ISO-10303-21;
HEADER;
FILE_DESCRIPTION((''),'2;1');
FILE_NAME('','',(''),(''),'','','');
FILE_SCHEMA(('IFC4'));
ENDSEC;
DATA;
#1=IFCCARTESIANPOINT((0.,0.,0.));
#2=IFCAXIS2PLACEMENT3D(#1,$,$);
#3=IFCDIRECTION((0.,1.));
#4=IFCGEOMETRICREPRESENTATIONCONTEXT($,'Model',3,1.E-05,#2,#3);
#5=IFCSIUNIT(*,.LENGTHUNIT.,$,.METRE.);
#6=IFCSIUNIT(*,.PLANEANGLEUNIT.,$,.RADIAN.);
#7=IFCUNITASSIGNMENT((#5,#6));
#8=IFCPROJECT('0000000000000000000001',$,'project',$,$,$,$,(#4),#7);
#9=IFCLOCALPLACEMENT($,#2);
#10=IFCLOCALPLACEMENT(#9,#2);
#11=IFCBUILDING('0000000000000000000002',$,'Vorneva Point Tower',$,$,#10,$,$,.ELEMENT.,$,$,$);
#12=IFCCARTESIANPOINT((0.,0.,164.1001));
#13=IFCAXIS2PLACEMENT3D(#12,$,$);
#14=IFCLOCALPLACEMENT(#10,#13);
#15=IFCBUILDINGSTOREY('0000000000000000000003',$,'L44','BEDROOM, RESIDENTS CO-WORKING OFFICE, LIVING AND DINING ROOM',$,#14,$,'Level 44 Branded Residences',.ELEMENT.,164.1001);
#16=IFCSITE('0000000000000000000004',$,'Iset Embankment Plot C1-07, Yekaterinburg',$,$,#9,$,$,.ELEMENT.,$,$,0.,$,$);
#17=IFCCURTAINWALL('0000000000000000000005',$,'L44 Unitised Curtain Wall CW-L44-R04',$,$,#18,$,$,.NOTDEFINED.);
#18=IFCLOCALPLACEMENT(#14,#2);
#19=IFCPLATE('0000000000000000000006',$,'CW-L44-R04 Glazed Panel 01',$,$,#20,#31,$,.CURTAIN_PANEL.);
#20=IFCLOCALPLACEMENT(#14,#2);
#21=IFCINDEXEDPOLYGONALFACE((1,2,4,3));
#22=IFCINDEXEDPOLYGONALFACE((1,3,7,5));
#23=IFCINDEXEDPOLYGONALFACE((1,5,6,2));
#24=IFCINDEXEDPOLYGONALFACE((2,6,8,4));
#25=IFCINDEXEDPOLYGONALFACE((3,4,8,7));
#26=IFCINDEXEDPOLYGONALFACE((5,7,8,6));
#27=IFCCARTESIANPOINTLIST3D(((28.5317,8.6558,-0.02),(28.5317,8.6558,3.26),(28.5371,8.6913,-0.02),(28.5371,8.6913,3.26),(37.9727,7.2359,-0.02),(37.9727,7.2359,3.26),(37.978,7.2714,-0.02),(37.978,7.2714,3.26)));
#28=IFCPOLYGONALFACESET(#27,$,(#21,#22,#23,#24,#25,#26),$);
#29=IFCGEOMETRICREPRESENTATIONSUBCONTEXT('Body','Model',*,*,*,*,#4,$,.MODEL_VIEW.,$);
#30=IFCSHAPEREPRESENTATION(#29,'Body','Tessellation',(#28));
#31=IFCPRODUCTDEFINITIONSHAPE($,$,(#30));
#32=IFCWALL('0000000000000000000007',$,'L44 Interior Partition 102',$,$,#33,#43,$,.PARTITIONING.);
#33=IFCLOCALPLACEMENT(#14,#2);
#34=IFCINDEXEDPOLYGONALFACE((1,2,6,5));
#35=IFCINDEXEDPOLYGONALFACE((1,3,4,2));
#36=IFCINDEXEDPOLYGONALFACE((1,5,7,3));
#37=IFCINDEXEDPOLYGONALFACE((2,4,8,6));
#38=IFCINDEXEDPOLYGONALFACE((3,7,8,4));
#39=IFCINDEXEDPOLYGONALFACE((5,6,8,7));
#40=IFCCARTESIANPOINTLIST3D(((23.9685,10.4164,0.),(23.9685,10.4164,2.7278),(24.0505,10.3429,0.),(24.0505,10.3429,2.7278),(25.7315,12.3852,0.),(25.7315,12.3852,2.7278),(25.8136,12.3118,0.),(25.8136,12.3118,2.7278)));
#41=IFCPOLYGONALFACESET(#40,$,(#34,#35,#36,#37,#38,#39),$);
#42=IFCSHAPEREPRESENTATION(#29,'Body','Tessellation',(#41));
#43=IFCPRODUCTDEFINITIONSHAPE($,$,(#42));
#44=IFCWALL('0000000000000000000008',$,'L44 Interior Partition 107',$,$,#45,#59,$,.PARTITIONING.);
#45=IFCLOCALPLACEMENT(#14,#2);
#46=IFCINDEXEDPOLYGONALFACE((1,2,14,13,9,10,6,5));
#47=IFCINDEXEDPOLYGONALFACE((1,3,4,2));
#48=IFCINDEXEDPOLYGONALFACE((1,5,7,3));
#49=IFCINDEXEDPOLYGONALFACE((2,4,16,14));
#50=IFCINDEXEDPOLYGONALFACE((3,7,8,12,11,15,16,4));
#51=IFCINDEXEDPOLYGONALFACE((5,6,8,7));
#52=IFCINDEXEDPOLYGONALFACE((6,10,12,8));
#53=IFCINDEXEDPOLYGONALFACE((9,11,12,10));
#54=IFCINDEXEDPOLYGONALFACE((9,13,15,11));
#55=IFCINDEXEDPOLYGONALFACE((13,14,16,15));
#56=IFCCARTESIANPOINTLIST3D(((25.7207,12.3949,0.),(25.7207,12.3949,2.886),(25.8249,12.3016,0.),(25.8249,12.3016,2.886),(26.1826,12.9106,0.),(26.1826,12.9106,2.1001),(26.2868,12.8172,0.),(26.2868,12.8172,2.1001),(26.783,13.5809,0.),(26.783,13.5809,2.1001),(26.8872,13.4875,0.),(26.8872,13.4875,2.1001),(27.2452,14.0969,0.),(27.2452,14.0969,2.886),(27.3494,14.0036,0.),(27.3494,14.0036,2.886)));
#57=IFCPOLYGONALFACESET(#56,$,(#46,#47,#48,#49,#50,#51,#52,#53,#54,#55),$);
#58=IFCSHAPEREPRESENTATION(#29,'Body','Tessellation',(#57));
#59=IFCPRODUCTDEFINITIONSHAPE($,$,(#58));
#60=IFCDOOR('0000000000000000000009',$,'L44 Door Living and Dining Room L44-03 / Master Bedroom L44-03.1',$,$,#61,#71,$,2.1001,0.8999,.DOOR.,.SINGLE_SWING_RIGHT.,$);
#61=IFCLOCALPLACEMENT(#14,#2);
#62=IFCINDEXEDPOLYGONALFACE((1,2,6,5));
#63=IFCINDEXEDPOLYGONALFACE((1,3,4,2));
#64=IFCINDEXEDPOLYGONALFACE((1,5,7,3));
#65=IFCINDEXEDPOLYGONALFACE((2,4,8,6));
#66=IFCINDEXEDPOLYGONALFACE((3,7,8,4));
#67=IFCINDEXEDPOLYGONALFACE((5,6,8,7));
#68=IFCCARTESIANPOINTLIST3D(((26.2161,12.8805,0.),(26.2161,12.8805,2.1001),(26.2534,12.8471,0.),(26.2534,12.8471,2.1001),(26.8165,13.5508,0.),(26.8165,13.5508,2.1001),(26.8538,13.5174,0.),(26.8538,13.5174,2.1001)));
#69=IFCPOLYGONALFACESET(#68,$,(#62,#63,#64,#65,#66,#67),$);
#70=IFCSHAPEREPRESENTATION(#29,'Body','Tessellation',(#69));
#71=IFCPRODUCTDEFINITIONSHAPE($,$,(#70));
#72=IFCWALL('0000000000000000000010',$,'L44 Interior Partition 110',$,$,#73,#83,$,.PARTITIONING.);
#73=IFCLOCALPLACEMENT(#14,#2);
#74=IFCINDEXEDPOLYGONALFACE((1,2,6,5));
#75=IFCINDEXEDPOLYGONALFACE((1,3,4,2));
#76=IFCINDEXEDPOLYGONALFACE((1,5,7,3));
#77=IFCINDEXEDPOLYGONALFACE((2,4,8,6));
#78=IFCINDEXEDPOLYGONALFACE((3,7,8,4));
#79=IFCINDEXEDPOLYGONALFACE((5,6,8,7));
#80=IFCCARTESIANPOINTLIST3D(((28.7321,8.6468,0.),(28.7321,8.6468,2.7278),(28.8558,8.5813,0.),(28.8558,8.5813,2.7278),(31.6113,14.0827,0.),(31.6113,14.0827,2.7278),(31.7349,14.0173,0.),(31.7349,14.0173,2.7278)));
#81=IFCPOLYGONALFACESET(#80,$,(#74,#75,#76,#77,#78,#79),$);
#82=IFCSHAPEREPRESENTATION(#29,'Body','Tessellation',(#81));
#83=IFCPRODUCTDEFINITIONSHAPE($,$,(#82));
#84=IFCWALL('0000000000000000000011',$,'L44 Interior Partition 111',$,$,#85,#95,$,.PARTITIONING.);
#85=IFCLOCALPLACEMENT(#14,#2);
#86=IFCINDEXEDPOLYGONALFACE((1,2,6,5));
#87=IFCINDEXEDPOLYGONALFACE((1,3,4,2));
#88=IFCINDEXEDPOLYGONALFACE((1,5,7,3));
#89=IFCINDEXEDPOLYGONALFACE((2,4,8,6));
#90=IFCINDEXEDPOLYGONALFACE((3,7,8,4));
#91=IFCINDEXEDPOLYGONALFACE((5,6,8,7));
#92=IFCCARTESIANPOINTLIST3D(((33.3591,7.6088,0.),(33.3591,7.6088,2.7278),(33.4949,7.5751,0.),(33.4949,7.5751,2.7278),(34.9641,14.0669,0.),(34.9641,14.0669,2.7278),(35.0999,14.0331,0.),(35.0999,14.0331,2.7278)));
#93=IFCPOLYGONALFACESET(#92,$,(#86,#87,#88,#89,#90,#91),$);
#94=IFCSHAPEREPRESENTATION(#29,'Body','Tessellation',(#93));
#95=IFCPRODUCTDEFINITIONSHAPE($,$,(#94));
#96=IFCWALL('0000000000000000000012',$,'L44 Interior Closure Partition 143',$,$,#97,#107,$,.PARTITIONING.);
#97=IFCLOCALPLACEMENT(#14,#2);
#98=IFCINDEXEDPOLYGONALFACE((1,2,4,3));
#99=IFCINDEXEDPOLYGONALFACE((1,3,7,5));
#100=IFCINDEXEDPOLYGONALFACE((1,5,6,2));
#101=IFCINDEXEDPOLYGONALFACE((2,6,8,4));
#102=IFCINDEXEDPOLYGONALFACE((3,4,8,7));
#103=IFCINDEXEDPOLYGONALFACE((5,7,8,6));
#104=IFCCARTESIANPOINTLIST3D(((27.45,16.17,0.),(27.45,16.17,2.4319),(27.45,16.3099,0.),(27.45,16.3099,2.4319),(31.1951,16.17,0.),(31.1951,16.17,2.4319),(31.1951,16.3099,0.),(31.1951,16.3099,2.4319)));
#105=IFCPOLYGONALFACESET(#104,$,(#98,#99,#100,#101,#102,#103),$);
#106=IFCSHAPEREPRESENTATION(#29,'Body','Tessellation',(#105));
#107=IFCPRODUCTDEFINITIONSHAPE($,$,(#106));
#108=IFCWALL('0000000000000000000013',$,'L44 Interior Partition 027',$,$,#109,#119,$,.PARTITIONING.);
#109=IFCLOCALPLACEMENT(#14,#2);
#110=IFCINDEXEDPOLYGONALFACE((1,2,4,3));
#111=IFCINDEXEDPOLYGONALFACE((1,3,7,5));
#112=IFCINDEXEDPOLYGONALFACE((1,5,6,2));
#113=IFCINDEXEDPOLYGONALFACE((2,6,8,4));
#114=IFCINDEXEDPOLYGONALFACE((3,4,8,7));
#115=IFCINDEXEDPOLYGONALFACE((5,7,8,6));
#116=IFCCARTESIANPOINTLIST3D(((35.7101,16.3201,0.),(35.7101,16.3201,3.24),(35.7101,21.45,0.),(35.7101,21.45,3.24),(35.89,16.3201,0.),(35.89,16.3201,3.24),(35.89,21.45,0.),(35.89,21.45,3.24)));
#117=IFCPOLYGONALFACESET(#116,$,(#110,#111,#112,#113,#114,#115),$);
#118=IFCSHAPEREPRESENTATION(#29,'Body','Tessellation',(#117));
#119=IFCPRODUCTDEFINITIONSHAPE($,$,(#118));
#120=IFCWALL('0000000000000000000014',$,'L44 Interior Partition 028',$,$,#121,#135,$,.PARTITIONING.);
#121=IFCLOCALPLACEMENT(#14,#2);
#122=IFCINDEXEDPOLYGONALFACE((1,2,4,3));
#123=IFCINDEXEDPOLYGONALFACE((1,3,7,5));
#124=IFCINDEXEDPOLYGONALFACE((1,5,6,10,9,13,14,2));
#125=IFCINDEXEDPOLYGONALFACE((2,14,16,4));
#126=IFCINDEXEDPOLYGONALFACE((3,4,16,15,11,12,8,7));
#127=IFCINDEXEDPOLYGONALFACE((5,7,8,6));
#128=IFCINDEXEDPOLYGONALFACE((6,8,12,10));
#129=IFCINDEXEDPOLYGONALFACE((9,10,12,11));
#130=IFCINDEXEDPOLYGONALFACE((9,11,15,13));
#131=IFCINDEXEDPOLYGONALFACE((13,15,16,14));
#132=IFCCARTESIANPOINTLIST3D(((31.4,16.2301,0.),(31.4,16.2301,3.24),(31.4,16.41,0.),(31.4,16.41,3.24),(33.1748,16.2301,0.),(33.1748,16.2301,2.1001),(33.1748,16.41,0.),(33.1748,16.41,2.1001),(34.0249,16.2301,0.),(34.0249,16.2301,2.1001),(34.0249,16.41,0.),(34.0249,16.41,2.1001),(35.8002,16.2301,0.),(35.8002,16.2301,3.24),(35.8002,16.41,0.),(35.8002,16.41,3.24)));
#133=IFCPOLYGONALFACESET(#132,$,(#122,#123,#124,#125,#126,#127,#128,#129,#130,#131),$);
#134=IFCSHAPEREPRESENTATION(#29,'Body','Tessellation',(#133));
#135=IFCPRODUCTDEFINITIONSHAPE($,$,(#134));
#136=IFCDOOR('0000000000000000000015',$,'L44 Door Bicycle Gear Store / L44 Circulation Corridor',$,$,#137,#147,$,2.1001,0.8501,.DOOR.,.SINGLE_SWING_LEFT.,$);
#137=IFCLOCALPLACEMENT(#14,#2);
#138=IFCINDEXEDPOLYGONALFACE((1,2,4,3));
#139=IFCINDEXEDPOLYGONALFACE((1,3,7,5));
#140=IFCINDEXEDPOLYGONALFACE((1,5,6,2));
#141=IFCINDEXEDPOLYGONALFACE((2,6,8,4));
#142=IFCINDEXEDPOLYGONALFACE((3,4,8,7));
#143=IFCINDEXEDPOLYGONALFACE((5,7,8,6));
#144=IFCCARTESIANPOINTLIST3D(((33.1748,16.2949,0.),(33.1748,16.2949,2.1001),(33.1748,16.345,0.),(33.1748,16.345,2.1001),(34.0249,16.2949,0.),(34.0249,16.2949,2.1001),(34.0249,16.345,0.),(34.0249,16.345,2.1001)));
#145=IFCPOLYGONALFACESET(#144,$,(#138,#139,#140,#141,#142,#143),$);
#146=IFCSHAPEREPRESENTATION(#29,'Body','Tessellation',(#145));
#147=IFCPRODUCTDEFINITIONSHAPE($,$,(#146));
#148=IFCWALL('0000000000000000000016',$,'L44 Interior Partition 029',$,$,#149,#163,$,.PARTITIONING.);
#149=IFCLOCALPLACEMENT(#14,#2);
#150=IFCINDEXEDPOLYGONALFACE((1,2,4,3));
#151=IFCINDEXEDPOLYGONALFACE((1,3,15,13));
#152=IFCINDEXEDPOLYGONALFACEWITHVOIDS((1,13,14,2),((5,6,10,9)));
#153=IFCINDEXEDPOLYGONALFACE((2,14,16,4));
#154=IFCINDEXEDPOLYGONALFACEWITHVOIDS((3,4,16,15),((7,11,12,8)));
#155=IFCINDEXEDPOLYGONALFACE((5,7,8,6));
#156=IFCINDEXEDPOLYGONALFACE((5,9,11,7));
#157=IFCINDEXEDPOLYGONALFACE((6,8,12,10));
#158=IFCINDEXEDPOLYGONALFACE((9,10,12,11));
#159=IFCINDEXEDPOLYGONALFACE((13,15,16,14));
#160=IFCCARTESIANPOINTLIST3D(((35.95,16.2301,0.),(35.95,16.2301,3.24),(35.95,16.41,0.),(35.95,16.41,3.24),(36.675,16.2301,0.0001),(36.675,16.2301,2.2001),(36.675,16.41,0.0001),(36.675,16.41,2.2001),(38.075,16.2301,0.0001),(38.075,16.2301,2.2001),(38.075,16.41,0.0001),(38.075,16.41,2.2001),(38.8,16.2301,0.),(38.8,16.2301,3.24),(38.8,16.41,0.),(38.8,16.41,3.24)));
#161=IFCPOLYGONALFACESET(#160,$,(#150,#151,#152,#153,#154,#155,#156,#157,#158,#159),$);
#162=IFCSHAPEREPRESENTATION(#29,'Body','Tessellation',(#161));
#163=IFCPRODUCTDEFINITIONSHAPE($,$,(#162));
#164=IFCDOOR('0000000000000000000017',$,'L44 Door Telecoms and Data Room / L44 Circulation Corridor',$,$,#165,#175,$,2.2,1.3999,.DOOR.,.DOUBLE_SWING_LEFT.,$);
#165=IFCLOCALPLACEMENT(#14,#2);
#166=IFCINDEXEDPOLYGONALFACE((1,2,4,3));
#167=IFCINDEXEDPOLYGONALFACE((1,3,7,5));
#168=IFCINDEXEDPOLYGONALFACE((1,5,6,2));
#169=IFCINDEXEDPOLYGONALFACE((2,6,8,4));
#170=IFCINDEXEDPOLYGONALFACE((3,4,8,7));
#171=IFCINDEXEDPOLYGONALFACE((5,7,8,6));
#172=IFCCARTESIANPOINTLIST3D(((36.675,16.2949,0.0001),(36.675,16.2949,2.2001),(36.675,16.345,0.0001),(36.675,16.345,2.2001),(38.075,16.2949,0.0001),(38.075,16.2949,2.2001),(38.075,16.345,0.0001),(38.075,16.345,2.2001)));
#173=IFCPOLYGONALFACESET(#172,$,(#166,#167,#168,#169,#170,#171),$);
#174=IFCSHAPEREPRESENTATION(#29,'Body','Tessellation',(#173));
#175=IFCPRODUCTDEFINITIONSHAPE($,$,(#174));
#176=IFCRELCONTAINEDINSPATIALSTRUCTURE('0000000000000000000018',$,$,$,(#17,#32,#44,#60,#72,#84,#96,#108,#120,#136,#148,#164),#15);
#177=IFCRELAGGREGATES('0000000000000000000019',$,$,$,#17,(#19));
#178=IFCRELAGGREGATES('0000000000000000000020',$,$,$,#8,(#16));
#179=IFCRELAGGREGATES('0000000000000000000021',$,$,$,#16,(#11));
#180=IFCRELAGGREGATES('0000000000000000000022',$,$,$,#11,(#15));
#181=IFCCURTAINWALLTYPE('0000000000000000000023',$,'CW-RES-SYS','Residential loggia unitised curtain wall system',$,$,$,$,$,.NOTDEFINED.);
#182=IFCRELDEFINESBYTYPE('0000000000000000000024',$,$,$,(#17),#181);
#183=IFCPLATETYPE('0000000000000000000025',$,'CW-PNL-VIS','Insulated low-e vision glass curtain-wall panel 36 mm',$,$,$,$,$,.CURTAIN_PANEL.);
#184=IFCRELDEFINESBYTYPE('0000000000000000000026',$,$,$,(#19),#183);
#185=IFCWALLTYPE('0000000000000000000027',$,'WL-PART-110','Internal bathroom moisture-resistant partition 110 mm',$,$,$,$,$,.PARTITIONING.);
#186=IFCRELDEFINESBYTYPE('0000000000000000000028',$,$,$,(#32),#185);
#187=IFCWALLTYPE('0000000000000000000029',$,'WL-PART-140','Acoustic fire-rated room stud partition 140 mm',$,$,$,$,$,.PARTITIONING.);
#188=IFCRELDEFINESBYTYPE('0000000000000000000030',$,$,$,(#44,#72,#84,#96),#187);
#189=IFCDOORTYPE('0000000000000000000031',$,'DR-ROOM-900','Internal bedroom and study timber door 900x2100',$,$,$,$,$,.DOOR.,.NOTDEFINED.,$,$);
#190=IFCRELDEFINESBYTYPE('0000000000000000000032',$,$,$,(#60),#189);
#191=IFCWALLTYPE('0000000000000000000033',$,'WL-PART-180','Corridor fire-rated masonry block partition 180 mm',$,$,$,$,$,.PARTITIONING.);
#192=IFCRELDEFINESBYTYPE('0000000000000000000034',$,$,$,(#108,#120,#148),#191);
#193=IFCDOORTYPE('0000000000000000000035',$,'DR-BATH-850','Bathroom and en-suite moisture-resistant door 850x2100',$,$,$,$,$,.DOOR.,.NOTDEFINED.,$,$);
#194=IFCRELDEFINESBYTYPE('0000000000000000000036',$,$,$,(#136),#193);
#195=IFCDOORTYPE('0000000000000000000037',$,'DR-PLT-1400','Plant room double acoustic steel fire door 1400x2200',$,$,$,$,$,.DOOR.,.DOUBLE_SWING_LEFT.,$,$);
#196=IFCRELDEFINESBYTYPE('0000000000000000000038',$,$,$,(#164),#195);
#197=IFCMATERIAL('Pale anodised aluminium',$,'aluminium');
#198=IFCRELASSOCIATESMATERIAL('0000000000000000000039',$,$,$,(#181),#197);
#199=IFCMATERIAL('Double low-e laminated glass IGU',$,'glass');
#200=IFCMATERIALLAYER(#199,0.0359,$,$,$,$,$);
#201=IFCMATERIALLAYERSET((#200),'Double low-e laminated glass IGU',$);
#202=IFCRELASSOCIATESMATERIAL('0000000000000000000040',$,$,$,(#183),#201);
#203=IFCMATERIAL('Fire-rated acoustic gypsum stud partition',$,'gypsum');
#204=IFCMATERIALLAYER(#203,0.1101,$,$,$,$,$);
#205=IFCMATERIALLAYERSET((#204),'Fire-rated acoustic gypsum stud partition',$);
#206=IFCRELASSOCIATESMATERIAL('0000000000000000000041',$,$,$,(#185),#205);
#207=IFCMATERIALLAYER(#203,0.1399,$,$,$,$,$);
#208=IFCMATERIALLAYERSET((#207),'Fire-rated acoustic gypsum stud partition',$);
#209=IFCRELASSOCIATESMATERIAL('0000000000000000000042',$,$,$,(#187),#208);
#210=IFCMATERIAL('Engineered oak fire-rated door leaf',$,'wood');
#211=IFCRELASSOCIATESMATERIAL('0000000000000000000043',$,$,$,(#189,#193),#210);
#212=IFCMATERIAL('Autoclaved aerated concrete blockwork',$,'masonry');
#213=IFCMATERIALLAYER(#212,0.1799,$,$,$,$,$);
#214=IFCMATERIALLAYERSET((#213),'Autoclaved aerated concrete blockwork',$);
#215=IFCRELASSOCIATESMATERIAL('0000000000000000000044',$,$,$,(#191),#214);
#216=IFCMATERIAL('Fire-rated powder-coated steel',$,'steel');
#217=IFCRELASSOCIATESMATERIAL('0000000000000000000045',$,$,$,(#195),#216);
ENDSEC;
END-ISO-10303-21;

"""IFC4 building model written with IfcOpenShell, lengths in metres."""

from ifc_helpers import new_model, si_unit, direction, frame, frame_2d, origin, origin_2d, place, context, subcontext, project, spatial, rectangle, extrude, material, layer, layer_set, type_object, element, fill, aggregate, save


model = new_model("IFC4")

# Units and contexts
model_context = context("Model", 3, precision=1e-05, world=origin(), true_north=direction((0.0, 1.0)))
body_context = subcontext(model_context, "Body", "Model", "MODEL_VIEW")
ifc_project = project(units=[si_unit("LENGTHUNIT", "METRE"), si_unit("PLANEANGLEUNIT", "RADIAN")], contexts=[model_context])

# Site, building, storey
site_placement = place(None, origin())
site = spatial("IfcSite", under=ifc_project, at=site_placement, Name="Iset Embankment Plot C1-07, Yekaterinburg", CompositionType="ELEMENT", RefElevation=0.0)
building_placement = place(site_placement, origin())
building = spatial("IfcBuilding", under=site, at=building_placement, Name="Vorneva Point Tower", CompositionType="ELEMENT")
storey_placement = place(building_placement, frame((0.0, 0.0, 164.1001)))
storey = spatial("IfcBuildingStorey", under=building, at=storey_placement, Name="L44", Description="BEDROOM, RESIDENTS CO-WORKING OFFICE, LIVING AND DINING ROOM", LongName="Level 44 Branded Residences", CompositionType="ELEMENT", Elevation=164.1001)

# Curtain wall, plate
ifc_material_1 = material(Name="Pale anodised aluminium", Category="aluminium")
curtain_wall_type = type_object("IfcCurtainWallType", Name="CW-RES-SYS", Description="Residential loggia unitised curtain wall system", PredefinedType="NOTDEFINED", material=ifc_material_1)
curtain_wall_placement = place(storey_placement, origin())
curtain_wall = element("IfcCurtainWall", 1, at=curtain_wall_placement, inside=storey, type_object=curtain_wall_type, Name="L44 Unitised Curtain Wall CW-L44-R04", PredefinedType="NOTDEFINED")
ifc_material_2 = material(Name="Double low-e laminated glass IGU", Category="glass")
ifc_layer_1 = layer(ifc_material_2, 0.0359)
ifc_layer_set_1 = layer_set([ifc_layer_1], Name="Double low-e laminated glass IGU")
plate_type = type_object("IfcPlateType", Name="CW-PNL-VIS", Description="Insulated low-e vision glass curtain-wall panel 36 mm", PredefinedType="CURTAIN_PANEL", material=ifc_layer_set_1)
plate_placement = place(storey_placement, frame((33.2549, 7.9636, -0.02), z_axis=(0.0, 0.0, 1.0), x_axis=(0.988879, -0.148724, 0.0)))
plate = element("IfcPlate", 2, at=plate_placement, type_object=plate_type, Name="CW-L44-R04 Glazed Panel 01", PredefinedType="CURTAIN_PANEL", context=body_context, shape_type="SweptSolid", body=[
    extrude(rectangle(XDim=9.5471, YDim=0.0359, at=origin_2d()), origin(), (0.0, 0.0, 1.0), 3.28),
])
aggregate(curtain_wall, [plate])

# Wall
ifc_material_3 = material(Name="Fire-rated acoustic gypsum stud partition", Category="gypsum")
ifc_layer_2 = layer(ifc_material_3, 0.1101)
ifc_layer_set_2 = layer_set([ifc_layer_2], Name="Fire-rated acoustic gypsum stud partition")
wall_type_1 = type_object("IfcWallType", Name="WL-PART-110", Description="Internal bathroom moisture-resistant partition 110 mm", PredefinedType="PARTITIONING", material=ifc_layer_set_2)
wall_1_placement = place(storey_placement, frame((25.7725, 12.3484, 0.0), z_axis=(0.0, 0.0, 1.0), x_axis=(-0.667095, -0.744973, 0.0)))
element("IfcWall", 3, at=wall_1_placement, inside=storey, type_object=wall_type_1, Name="L44 Interior Partition 102", PredefinedType="PARTITIONING", context=body_context, shape_type="SweptSolid", body=[
    extrude(rectangle(XDim=2.6428, YDim=0.1101, at=frame_2d((1.3213, 0.0))), origin(), (0.0, 0.0, 1.0), 2.7278),
])

# Wall, opening, door
ifc_layer_3 = layer(ifc_material_3, 0.1399)
ifc_layer_set_3 = layer_set([ifc_layer_3], Name="Fire-rated acoustic gypsum stud partition")
wall_type_2 = type_object("IfcWallType", Name="WL-PART-140", Description="Acoustic fire-rated room stud partition 140 mm", PredefinedType="PARTITIONING", material=ifc_layer_set_3)
wall_2_placement = place(storey_placement, frame((25.7727, 12.3481, 0.0), z_axis=(0.0, 0.0, 1.0), x_axis=(0.667198, 0.744881, 0.0)))
wall_2 = element("IfcWall", 4, at=wall_2_placement, inside=storey, type_object=wall_type_2, Name="L44 Interior Partition 107", PredefinedType="PARTITIONING", context=body_context, shape_type="SweptSolid", body=[
    extrude(rectangle(XDim=2.2849, YDim=0.1399, at=frame_2d((1.1426, 0.0))), origin(), (0.0, 0.0, 1.0), 2.886),
])
opening_1_placement = place(wall_2_placement, frame((0.6924, 0.0, 0.0)))
opening_1 = element("IfcOpeningElement", 5, at=opening_1_placement, cuts=wall_2, PredefinedType="OPENING", context=body_context, shape_type="SweptSolid", body=[
    extrude(rectangle(XDim=0.8999, YDim=2.1001, at=frame_2d((0.45, 1.05))), frame((0.0, 0.085, 0.0), z_axis=(0.0, -1.0, 0.0), x_axis=(1.0, 0.0, 0.0)), (0.0, 0.0, 1.0), 0.1697),
])
ifc_material_4 = material(Name="Engineered oak fire-rated door leaf", Category="wood")
door_type_1 = type_object("IfcDoorType", Name="DR-ROOM-900", Description="Internal bedroom and study timber door 900x2100", OperationType="NOTDEFINED", PredefinedType="DOOR", material=ifc_material_4)
door_1_placement = place(opening_1_placement, origin())
door_1 = element("IfcDoor", 6, at=door_1_placement, inside=storey, type_object=door_type_1, Name="L44 Door Living and Dining Room L44-03 / Master Bedroom L44-03.1", OperationType="SINGLE_SWING_RIGHT", OverallHeight=2.1001, OverallWidth=0.8999, PredefinedType="DOOR", context=body_context, shape_type="SweptSolid", body=[
    extrude(rectangle(XDim=0.8999, YDim=2.1001, at=frame_2d((0.45, 1.05))), frame((0.0, 0.0249, 0.0), z_axis=(0.0, -1.0, 0.0), x_axis=(1.0, 0.0, 0.0)), (0.0, 0.0, 1.0), 0.05),
])
fill(opening_1, door_1)

# Walls
wall_3_placement = place(storey_placement, frame((28.7939, 8.614, 0.0), z_axis=(0.0, 0.0, 1.0), x_axis=(0.468046, 0.883704, 0.0)))
element("IfcWall", 7, at=wall_3_placement, inside=storey, type_object=wall_type_2, Name="L44 Interior Partition 110", PredefinedType="PARTITIONING", context=body_context, shape_type="SweptSolid", body=[
    extrude(rectangle(XDim=6.1514, YDim=0.1399, at=frame_2d((3.0757, 0.0))), origin(), (0.0, 0.0, 1.0), 2.7278),
])
wall_4_placement = place(storey_placement, frame((33.427, 7.592, 0.0), z_axis=(0.0, 0.0, 1.0), x_axis=(0.241189, 0.970478, 0.0)))
element("IfcWall", 8, at=wall_4_placement, inside=storey, type_object=wall_type_2, Name="L44 Interior Partition 111", PredefinedType="PARTITIONING", context=body_context, shape_type="SweptSolid", body=[
    extrude(rectangle(XDim=6.6545, YDim=0.1399, at=frame_2d((3.3271, 0.0))), origin(), (0.0, 0.0, 1.0), 2.7278),
])
wall_5_placement = place(storey_placement, frame((27.45, 16.24, 0.0), z_axis=(0.0, 0.0, 1.0), x_axis=(1.0, 0.0, 0.0)))
element("IfcWall", 9, at=wall_5_placement, inside=storey, type_object=wall_type_2, Name="L44 Interior Closure Partition 143", PredefinedType="PARTITIONING", context=body_context, shape_type="SweptSolid", body=[
    extrude(rectangle(XDim=3.7451, YDim=0.1399, at=frame_2d((1.8726, 0.0))), origin(), (0.0, 0.0, 1.0), 2.4319),
])
ifc_material_5 = material(Name="Autoclaved aerated concrete blockwork", Category="masonry")
ifc_layer_4 = layer(ifc_material_5, 0.1799)
ifc_layer_set_4 = layer_set([ifc_layer_4], Name="Autoclaved aerated concrete blockwork")
wall_type_3 = type_object("IfcWallType", Name="WL-PART-180", Description="Corridor fire-rated masonry block partition 180 mm", PredefinedType="PARTITIONING", material=ifc_layer_set_4)
wall_6_placement = place(storey_placement, frame((35.8, 16.3201, 0.0), z_axis=(0.0, 0.0, 1.0), x_axis=(0.0, 1.0, 0.0)))
element("IfcWall", 10, at=wall_6_placement, inside=storey, type_object=wall_type_3, Name="L44 Interior Partition 027", PredefinedType="PARTITIONING", context=body_context, shape_type="SweptSolid", body=[
    extrude(rectangle(XDim=5.1299, YDim=0.1799, at=frame_2d((2.5649, 0.0))), origin(), (0.0, 0.0, 1.0), 3.24),
])

# Walls, openings, doors
wall_7_placement = place(storey_placement, frame((31.3999, 16.3201, 0.0), z_axis=(0.0, 0.0, 1.0), x_axis=(1.0, 0.0, 0.0)))
wall_7 = element("IfcWall", 11, at=wall_7_placement, inside=storey, type_object=wall_type_3, Name="L44 Interior Partition 028", PredefinedType="PARTITIONING", context=body_context, shape_type="SweptSolid", body=[
    extrude(rectangle(XDim=4.4001, YDim=0.1799, at=frame_2d((2.2002, 0.0))), origin(), (0.0, 0.0, 1.0), 3.24),
])
opening_2_placement = place(wall_7_placement, frame((1.7749, 0.0, 0.0)))
opening_2 = element("IfcOpeningElement", 12, at=opening_2_placement, cuts=wall_7, PredefinedType="OPENING", context=body_context, shape_type="SweptSolid", body=[
    extrude(rectangle(XDim=0.8501, YDim=2.1001, at=frame_2d((0.425, 1.05))), frame((0.0, 0.105, 0.0), z_axis=(0.0, -1.0, 0.0), x_axis=(1.0, 0.0, 0.0)), (0.0, 0.0, 1.0), 0.2097),
])
door_type_2 = type_object("IfcDoorType", Name="DR-BATH-850", Description="Bathroom and en-suite moisture-resistant door 850x2100", OperationType="NOTDEFINED", PredefinedType="DOOR", material=ifc_material_4)
door_2_placement = place(opening_2_placement, origin())
door_2 = element("IfcDoor", 13, at=door_2_placement, inside=storey, type_object=door_type_2, Name="L44 Door Bicycle Gear Store / L44 Circulation Corridor", OperationType="SINGLE_SWING_LEFT", OverallHeight=2.1001, OverallWidth=0.8501, PredefinedType="DOOR", context=body_context, shape_type="SweptSolid", body=[
    extrude(rectangle(XDim=0.8501, YDim=2.1001, at=frame_2d((0.425, 1.05))), frame((0.0, 0.0249, 0.0), z_axis=(0.0, -1.0, 0.0), x_axis=(1.0, 0.0, 0.0)), (0.0, 0.0, 1.0), 0.05),
])
fill(opening_2, door_2)
wall_8_placement = place(storey_placement, frame((35.95, 16.3201, 0.0), z_axis=(0.0, 0.0, 1.0), x_axis=(1.0, 0.0, 0.0)))
wall_8 = element("IfcWall", 14, at=wall_8_placement, inside=storey, type_object=wall_type_3, Name="L44 Interior Partition 029", PredefinedType="PARTITIONING", context=body_context, shape_type="SweptSolid", body=[
    extrude(rectangle(XDim=2.8501, YDim=0.1799, at=frame_2d((1.425, 0.0))), origin(), (0.0, 0.0, 1.0), 3.24),
])
opening_3_placement = place(wall_8_placement, frame((0.7251, 0.0, 0.0)))
opening_3 = element("IfcOpeningElement", 15, at=opening_3_placement, cuts=wall_8, PredefinedType="OPENING", context=body_context, shape_type="SweptSolid", body=[
    extrude(rectangle(XDim=1.3999, YDim=2.2, at=frame_2d((0.7, 1.1001))), frame((0.0, 0.105, 0.0), z_axis=(0.0, -1.0, 0.0), x_axis=(1.0, 0.0, 0.0)), (0.0, 0.0, 1.0), 0.2097),
])
ifc_material_6 = material(Name="Fire-rated powder-coated steel", Category="steel")
door_type_3 = type_object("IfcDoorType", Name="DR-PLT-1400", Description="Plant room double acoustic steel fire door 1400x2200", OperationType="DOUBLE_SWING_LEFT", PredefinedType="DOOR", material=ifc_material_6)
door_3_placement = place(opening_3_placement, origin())
door_3 = element("IfcDoor", 16, at=door_3_placement, inside=storey, type_object=door_type_3, Name="L44 Door Telecoms and Data Room / L44 Circulation Corridor", OperationType="DOUBLE_SWING_LEFT", OverallHeight=2.2, OverallWidth=1.3999, PredefinedType="DOOR", context=body_context, shape_type="SweptSolid", body=[
    extrude(rectangle(XDim=1.3999, YDim=2.2, at=frame_2d((0.7, 1.1001))), frame((0.0, 0.0249, 0.0), z_axis=(0.0, -1.0, 0.0), x_axis=(1.0, 0.0, 0.0)), (0.0, 0.0, 1.0), 0.05),
])
fill(opening_3, door_3)

save(model, "model.ifc")
